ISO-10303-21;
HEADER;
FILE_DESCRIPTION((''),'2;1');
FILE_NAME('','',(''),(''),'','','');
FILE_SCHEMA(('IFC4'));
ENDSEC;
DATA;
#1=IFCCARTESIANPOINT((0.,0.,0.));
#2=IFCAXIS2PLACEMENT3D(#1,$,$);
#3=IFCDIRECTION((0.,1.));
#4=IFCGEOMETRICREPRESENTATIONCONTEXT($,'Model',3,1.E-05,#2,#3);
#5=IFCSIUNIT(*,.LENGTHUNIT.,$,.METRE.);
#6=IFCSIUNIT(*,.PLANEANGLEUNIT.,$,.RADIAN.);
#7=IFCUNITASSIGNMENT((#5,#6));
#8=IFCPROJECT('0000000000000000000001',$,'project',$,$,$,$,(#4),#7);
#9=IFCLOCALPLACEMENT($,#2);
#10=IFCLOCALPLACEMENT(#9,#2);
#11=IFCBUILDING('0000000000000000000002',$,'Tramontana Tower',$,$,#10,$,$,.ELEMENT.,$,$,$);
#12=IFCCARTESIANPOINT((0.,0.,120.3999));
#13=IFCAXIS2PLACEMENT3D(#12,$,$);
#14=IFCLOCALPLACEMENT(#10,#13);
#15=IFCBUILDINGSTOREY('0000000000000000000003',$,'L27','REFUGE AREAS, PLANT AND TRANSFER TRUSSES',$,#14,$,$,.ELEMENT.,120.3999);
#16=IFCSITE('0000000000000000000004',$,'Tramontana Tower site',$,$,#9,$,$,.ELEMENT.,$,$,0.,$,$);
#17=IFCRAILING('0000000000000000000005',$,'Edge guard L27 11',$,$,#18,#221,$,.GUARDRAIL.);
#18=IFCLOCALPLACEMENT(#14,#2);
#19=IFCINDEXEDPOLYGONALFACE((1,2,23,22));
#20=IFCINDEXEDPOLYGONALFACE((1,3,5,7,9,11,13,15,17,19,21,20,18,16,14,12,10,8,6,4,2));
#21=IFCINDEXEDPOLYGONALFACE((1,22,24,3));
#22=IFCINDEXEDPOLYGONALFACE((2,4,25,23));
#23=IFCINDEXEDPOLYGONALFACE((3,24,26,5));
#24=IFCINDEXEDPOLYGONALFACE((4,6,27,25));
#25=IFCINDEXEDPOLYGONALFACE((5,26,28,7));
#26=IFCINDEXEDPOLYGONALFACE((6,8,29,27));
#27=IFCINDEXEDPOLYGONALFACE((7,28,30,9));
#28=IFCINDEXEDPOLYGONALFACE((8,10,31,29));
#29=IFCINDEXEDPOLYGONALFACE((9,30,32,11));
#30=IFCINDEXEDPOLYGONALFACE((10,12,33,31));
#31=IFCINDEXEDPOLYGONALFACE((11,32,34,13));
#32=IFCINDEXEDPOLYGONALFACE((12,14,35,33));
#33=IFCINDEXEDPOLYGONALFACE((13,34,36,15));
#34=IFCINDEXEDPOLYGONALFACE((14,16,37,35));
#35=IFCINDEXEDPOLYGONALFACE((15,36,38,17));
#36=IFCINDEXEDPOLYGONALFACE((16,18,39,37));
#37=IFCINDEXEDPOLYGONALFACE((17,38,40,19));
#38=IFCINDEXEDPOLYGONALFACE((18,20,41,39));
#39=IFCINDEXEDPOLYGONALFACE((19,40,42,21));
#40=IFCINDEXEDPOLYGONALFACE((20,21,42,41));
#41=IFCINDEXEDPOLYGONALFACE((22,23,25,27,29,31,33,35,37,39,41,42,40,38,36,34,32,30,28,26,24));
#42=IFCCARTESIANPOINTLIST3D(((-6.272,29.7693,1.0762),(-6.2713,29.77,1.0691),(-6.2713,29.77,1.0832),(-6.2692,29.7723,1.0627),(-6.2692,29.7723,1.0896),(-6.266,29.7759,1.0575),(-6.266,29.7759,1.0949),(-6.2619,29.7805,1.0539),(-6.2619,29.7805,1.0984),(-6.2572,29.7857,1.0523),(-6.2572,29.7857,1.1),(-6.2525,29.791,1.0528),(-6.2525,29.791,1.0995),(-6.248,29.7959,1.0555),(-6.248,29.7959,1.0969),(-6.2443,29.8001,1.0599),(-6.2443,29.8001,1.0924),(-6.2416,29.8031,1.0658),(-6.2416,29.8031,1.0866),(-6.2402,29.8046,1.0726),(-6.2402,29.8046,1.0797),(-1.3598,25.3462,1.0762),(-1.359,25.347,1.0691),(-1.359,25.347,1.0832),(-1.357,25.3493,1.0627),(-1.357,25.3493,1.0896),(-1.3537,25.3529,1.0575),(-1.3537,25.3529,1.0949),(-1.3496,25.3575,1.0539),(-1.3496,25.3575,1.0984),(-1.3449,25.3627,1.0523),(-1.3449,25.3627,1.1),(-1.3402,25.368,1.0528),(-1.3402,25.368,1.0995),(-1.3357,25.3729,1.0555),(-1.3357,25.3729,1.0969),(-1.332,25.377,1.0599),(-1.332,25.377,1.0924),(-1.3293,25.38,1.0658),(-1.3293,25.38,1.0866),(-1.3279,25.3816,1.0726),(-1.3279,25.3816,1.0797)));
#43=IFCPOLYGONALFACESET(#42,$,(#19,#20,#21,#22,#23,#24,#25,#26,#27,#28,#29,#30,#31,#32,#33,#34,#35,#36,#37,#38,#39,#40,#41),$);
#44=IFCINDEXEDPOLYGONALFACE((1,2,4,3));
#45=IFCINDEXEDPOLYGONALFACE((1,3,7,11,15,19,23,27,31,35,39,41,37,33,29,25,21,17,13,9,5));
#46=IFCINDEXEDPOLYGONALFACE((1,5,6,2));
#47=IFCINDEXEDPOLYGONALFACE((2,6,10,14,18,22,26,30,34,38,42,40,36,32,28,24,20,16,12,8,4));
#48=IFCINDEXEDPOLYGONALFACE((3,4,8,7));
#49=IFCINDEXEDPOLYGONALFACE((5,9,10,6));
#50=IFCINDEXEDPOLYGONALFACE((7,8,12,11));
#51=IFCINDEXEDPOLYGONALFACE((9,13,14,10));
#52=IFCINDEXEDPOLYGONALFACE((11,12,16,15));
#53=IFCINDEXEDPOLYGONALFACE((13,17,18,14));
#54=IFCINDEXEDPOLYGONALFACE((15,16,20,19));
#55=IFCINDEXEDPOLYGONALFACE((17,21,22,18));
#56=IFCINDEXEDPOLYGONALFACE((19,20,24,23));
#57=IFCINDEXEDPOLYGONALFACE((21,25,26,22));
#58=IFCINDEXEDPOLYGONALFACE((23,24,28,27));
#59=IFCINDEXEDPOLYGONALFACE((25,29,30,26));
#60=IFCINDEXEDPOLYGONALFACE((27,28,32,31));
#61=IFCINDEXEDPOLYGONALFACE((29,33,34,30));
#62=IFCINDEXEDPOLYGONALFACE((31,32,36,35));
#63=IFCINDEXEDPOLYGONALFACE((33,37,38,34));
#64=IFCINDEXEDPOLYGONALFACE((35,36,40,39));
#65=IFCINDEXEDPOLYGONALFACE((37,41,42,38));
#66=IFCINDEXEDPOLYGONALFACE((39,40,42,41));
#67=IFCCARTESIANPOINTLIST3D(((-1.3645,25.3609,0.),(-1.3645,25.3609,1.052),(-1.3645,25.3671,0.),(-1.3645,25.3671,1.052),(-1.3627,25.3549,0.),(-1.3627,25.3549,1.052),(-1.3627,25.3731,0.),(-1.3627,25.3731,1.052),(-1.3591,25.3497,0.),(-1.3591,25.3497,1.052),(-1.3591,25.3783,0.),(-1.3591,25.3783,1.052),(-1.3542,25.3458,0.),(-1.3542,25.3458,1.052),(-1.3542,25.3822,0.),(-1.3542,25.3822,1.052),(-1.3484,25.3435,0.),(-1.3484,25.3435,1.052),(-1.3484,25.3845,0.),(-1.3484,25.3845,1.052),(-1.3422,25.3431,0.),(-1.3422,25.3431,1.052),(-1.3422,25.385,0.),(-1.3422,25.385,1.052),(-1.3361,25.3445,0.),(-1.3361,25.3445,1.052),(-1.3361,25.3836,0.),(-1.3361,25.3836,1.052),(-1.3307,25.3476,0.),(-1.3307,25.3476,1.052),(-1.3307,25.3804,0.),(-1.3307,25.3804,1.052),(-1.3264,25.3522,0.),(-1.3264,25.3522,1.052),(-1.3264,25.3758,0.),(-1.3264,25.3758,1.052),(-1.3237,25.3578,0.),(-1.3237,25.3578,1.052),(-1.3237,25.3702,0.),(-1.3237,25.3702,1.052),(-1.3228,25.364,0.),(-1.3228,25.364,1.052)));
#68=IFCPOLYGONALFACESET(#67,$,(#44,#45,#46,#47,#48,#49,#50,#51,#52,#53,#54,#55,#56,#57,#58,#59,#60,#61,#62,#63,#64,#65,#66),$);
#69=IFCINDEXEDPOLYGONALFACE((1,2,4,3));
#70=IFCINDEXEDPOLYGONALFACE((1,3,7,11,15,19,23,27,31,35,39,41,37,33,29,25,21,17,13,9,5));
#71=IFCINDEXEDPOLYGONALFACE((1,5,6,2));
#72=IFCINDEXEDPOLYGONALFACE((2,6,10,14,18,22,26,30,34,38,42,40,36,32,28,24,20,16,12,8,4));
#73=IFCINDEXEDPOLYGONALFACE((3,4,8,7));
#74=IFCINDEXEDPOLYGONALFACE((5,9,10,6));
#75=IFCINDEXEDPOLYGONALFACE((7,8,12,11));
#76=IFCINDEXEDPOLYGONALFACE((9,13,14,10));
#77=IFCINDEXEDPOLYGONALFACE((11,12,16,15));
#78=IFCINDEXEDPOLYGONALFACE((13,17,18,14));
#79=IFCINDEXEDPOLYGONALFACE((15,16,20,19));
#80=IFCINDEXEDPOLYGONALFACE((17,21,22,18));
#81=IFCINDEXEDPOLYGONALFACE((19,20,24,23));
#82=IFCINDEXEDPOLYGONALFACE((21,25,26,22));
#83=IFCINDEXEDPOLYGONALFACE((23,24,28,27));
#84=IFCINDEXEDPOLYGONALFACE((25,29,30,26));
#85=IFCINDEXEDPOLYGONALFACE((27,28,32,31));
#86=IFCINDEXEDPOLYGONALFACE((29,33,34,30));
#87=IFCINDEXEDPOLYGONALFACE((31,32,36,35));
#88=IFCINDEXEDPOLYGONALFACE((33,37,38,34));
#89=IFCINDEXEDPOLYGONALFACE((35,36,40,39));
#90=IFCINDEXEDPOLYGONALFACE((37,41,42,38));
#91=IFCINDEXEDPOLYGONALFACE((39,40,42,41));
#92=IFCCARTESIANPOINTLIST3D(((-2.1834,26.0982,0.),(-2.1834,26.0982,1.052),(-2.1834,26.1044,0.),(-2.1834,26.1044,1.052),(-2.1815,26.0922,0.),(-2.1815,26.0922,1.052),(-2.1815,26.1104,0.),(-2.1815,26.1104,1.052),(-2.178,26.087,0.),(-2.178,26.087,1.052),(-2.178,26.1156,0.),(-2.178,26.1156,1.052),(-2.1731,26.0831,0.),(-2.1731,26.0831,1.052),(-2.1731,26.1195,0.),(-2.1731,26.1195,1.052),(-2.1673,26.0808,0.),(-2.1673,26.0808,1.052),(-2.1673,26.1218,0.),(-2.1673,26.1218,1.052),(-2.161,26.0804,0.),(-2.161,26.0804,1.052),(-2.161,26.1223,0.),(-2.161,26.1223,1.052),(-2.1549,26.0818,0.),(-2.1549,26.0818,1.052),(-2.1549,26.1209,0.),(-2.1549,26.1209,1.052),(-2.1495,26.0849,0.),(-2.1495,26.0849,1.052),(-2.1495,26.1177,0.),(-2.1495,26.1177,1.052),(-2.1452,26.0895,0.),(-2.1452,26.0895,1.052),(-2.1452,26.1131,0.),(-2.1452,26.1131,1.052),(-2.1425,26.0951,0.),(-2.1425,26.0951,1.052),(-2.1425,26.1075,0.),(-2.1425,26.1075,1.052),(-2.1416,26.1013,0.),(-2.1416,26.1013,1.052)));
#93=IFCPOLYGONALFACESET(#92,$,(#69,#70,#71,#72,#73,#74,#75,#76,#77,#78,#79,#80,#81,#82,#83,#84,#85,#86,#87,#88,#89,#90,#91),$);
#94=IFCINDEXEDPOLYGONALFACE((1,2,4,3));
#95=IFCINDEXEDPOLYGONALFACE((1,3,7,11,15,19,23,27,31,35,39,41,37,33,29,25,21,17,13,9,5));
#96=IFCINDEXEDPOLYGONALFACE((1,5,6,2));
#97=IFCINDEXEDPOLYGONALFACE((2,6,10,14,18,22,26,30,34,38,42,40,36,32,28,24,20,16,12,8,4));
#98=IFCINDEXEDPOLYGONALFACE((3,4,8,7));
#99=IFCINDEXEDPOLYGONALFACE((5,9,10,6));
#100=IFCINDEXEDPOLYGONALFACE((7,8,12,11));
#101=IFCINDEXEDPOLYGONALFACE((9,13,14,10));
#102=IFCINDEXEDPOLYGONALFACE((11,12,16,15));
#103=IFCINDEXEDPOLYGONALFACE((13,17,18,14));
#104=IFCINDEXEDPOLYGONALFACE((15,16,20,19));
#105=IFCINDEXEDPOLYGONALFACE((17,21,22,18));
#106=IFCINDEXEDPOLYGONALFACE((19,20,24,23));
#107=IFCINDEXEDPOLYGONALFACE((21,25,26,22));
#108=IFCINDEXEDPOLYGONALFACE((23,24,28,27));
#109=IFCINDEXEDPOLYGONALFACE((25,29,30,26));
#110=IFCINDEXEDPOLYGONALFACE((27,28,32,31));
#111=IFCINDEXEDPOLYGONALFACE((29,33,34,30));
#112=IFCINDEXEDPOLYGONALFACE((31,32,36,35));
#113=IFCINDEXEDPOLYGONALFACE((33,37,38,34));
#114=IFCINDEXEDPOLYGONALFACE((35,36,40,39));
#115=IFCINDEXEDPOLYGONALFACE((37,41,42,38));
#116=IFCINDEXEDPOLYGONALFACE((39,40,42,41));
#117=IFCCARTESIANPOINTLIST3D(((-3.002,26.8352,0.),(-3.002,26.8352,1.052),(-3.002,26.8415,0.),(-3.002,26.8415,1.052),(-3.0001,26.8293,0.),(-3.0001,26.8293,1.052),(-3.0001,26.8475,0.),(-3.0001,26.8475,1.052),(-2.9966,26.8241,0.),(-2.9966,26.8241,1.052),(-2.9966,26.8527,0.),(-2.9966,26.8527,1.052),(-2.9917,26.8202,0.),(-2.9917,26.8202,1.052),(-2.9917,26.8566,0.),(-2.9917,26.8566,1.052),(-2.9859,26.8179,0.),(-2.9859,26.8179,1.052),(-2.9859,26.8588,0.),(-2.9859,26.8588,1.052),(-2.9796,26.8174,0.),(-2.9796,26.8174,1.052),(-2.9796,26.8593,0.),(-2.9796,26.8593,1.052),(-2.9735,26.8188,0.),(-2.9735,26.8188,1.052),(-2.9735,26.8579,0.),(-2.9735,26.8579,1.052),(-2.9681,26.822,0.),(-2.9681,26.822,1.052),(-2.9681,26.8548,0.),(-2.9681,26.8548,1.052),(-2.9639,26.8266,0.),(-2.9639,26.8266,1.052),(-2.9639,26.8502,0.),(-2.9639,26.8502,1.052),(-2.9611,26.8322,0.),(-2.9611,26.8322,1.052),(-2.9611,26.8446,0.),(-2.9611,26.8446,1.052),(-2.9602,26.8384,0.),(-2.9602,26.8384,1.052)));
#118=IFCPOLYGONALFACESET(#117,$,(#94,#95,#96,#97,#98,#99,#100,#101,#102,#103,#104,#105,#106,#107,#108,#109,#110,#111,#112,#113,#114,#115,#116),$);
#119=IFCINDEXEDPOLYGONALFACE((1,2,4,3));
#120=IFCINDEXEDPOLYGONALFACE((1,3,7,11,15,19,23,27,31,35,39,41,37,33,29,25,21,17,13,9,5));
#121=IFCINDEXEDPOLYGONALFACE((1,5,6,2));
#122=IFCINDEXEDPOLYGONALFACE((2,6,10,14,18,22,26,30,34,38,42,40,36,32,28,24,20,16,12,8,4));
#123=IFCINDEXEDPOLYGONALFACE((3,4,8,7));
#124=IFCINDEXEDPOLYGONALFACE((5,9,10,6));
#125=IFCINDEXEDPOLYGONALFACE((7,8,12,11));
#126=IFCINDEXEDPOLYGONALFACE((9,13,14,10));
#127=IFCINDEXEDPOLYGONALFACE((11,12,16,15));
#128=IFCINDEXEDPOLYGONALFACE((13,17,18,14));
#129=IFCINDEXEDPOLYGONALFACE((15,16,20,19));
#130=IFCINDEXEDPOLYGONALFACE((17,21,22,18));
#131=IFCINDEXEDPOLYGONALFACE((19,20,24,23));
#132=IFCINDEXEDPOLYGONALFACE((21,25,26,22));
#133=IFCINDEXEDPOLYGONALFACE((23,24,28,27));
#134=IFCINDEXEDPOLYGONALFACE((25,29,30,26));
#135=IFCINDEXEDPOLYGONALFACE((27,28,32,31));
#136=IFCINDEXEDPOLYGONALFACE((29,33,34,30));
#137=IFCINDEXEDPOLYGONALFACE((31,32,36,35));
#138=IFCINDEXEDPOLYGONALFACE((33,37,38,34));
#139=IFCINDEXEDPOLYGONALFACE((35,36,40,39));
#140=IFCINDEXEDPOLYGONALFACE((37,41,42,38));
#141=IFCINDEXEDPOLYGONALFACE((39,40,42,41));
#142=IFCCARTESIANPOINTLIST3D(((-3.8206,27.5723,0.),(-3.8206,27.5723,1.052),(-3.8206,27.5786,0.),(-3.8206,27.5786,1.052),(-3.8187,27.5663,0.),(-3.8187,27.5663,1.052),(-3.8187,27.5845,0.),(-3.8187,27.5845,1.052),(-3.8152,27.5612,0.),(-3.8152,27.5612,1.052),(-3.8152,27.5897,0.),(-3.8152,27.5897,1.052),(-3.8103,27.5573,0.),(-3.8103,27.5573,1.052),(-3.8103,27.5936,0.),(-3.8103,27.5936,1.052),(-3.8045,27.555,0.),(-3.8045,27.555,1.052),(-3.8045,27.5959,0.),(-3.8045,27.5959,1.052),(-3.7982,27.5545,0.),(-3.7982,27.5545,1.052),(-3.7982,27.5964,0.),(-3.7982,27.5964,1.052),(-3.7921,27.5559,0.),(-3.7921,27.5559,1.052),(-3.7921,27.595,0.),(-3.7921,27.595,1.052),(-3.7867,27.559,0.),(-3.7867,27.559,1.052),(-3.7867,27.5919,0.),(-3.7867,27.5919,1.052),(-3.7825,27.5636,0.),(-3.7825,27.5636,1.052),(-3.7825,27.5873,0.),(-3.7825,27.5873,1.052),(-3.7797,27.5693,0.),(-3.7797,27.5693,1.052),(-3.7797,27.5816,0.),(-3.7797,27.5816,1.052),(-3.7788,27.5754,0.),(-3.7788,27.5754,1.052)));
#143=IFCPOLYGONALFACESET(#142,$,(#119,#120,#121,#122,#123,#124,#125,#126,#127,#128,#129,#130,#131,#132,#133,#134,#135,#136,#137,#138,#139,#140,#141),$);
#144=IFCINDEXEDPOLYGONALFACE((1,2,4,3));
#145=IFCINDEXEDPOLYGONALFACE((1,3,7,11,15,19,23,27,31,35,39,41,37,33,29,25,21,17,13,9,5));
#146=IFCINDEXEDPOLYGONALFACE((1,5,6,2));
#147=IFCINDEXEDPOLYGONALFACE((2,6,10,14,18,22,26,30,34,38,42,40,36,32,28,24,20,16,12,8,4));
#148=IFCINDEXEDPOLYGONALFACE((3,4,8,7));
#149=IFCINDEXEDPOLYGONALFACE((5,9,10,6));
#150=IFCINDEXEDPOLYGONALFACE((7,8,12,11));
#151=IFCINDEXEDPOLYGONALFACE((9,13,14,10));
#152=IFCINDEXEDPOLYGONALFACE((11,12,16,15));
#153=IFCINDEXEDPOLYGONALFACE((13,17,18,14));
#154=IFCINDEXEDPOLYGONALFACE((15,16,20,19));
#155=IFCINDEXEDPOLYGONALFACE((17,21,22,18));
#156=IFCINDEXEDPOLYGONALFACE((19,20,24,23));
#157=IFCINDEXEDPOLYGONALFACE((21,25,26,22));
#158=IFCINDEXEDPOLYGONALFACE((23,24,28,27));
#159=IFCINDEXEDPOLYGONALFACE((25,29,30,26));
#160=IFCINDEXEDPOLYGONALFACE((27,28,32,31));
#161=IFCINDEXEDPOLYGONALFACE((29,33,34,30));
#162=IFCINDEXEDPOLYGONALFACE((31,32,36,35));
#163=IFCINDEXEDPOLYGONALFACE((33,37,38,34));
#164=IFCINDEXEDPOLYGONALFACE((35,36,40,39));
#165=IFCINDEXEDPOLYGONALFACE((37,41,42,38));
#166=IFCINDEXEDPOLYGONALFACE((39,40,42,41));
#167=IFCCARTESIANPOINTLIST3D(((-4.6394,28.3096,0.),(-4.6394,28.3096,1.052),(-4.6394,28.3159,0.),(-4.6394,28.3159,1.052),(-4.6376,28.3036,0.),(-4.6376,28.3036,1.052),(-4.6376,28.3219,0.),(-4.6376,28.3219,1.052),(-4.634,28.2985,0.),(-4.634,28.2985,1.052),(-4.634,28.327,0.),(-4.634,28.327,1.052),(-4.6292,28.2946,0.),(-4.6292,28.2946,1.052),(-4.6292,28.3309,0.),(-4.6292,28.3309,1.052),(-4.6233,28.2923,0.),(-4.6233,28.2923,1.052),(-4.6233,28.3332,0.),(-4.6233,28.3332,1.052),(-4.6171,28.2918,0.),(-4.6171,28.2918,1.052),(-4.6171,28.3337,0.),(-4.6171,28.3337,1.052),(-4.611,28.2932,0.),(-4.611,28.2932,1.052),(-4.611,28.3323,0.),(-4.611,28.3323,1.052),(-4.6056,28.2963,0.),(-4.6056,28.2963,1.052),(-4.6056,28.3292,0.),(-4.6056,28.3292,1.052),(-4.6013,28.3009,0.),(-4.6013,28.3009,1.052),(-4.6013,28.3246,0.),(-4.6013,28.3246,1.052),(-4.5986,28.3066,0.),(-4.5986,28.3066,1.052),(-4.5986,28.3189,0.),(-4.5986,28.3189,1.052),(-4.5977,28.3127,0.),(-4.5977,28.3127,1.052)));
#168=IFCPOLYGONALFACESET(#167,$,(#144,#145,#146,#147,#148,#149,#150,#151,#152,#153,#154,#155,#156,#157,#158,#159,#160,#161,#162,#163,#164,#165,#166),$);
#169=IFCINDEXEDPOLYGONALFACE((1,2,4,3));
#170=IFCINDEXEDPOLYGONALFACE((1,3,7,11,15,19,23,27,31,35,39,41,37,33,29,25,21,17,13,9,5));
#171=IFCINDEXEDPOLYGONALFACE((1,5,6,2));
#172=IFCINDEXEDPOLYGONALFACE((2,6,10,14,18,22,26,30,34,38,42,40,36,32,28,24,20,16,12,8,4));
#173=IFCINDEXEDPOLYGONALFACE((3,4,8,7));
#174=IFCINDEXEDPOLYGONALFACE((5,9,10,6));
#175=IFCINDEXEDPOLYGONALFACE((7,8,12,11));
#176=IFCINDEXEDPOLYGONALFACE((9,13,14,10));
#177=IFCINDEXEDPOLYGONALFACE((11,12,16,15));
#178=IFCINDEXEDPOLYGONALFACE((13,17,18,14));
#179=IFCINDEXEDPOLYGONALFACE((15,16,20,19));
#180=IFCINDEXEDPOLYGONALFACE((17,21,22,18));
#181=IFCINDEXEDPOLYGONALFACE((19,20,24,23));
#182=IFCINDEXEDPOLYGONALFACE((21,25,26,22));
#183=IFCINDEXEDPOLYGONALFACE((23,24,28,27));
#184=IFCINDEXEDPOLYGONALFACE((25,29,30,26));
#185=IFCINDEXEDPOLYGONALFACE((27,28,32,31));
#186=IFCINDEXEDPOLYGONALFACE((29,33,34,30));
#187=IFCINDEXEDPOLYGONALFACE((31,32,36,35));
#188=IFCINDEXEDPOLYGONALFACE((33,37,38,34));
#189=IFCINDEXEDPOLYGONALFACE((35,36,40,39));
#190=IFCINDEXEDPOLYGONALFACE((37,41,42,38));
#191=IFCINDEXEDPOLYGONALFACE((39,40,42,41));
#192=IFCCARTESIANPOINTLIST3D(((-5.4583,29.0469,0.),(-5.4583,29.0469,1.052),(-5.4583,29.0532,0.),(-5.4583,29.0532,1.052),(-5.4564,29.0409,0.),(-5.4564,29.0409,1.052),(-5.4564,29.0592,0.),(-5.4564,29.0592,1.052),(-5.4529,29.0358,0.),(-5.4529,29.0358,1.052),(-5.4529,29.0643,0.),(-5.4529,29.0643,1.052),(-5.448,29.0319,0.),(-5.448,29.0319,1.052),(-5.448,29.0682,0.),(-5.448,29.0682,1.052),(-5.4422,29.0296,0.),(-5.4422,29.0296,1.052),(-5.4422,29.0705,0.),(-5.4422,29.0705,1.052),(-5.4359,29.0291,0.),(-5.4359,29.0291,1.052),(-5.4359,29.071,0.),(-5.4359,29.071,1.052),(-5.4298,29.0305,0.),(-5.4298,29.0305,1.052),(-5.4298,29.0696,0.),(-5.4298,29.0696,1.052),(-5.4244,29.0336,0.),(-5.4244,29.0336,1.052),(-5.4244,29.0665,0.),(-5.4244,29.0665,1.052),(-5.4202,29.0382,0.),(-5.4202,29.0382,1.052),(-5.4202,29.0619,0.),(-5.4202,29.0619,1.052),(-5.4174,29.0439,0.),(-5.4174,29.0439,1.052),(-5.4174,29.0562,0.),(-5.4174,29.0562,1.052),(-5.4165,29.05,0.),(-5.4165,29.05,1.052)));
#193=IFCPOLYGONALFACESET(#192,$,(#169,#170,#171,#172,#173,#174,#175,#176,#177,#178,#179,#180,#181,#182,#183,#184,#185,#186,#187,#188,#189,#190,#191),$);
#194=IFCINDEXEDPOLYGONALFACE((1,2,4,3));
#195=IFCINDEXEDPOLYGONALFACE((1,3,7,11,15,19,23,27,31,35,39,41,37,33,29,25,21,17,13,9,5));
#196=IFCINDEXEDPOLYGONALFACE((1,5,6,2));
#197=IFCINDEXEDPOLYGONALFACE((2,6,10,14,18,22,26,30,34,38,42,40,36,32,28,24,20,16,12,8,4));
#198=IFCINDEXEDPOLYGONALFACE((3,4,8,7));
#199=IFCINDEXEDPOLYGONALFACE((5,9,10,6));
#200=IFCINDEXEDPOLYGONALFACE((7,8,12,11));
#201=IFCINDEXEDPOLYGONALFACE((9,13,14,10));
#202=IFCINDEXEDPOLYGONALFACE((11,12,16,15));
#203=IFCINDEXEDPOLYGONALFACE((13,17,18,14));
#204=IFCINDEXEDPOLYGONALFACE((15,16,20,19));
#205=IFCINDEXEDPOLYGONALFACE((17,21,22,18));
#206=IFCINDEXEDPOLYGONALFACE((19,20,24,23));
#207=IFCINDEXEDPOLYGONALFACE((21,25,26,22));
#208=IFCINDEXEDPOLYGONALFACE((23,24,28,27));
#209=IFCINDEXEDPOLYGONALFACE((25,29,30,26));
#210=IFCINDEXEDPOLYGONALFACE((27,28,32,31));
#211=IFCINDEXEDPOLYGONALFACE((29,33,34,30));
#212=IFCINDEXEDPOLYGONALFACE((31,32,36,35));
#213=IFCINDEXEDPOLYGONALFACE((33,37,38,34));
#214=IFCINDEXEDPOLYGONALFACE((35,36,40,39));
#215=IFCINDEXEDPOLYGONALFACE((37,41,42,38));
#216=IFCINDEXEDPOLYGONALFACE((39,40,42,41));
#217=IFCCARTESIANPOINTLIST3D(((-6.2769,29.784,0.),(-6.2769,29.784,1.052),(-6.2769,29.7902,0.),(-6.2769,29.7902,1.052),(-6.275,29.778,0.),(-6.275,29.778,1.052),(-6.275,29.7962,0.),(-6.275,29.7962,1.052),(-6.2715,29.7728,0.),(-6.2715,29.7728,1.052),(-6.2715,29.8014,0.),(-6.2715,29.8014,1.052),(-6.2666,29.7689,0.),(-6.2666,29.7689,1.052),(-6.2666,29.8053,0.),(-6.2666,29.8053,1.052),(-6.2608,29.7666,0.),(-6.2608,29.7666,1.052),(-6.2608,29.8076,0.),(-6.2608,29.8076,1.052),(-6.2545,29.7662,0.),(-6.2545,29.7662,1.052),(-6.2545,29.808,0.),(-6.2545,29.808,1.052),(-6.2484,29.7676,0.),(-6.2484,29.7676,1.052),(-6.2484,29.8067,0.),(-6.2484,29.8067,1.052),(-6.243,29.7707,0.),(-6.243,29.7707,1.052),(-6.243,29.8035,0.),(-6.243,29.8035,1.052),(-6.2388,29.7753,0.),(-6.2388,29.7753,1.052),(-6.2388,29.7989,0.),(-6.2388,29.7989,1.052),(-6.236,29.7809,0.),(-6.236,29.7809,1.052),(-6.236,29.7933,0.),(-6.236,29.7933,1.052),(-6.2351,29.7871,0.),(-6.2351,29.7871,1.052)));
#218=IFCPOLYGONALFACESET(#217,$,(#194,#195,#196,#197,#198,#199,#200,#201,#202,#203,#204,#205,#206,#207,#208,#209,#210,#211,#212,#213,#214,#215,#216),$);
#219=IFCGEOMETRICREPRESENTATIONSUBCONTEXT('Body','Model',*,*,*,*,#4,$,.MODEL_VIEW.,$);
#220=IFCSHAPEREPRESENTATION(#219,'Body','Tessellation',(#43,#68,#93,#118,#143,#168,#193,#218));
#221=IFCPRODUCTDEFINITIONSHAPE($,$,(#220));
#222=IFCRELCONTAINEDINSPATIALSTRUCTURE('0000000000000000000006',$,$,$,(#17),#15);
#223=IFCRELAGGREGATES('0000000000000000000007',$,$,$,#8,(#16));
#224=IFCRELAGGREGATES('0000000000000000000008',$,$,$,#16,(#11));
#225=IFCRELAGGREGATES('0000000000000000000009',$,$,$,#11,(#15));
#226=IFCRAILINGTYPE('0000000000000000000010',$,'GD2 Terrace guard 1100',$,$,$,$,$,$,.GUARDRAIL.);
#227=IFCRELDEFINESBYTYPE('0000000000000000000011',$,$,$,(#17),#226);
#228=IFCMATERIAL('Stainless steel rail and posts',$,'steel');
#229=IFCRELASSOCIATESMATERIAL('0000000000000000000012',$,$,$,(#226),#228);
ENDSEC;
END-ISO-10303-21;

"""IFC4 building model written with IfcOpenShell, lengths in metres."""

from ifc_helpers import new_model, si_unit, direction, frame, origin, origin_2d, place, context, subcontext, project, spatial, circle, extrude, material, type_object, element, save


model = new_model("IFC4")

# Units and contexts
model_context = context("Model", 3, precision=1e-05, world=origin(), true_north=direction((0.0, 1.0)))
body_context = subcontext(model_context, "Body", "Model", "MODEL_VIEW")
ifc_project = project(units=[si_unit("LENGTHUNIT", "METRE"), si_unit("PLANEANGLEUNIT", "RADIAN")], contexts=[model_context])

# Site, building, storey
site_placement = place(None, origin())
site = spatial("IfcSite", under=ifc_project, at=site_placement, Name="Tramontana Tower site", CompositionType="ELEMENT", RefElevation=0.0)
building_placement = place(site_placement, origin())
building = spatial("IfcBuilding", under=site, at=building_placement, Name="Tramontana Tower", CompositionType="ELEMENT")
storey_placement = place(building_placement, frame((0.0, 0.0, 120.3999)))
storey = spatial("IfcBuildingStorey", under=building, at=storey_placement, Name="L27", Description="REFUGE AREAS, PLANT AND TRANSFER TRUSSES", CompositionType="ELEMENT", Elevation=120.3999)

# Railing
ifc_material_1 = material(Name="Stainless steel rail and posts", Category="steel")
railing_type_1 = type_object("IfcRailingType", Name="GD2 Terrace guard 1100", PredefinedType="GUARDRAIL", material=ifc_material_1)
railing_1_placement = place(storey_placement, frame((-1.3438, 25.364, 0.0)))
element("IfcRailing", 1, at=railing_1_placement, inside=storey, type_object=railing_type_1, Name="Edge guard L27 11", PredefinedType="GUARDRAIL", context=body_context, shape_type="SweptSolid", body=[
    extrude(circle(Radius=0.0239, at=origin_2d()), frame((0.0, 0.0, 1.0762), z_axis=(-0.743145, 0.66913, 0.0), x_axis=(-0.66913, -0.743145, 0.0)), (0.0, 0.0, 1.0), 6.6101),
    extrude(circle(Radius=0.021, at=origin_2d()), origin(), (0.0, 0.0, 1.0), 1.052),
    extrude(circle(Radius=0.021, at=origin_2d()), frame((-0.8188, 0.7373, 0.0)), (0.0, 0.0, 1.0), 1.052),
    extrude(circle(Radius=0.021, at=origin_2d()), frame((-1.6375, 1.4744, 0.0)), (0.0, 0.0, 1.0), 1.052),
    extrude(circle(Radius=0.021, at=origin_2d()), frame((-2.4561, 2.2114, 0.0)), (0.0, 0.0, 1.0), 1.052),
    extrude(circle(Radius=0.021, at=origin_2d()), frame((-3.2749, 2.9487, 0.0)), (0.0, 0.0, 1.0), 1.052),
    extrude(circle(Radius=0.021, at=origin_2d()), frame((-4.0938, 3.686, 0.0)), (0.0, 0.0, 1.0), 1.052),
    extrude(circle(Radius=0.021, at=origin_2d()), frame((-4.9124, 4.4231, 0.0)), (0.0, 0.0, 1.0), 1.052),
])

save(model, "model.ifc")
